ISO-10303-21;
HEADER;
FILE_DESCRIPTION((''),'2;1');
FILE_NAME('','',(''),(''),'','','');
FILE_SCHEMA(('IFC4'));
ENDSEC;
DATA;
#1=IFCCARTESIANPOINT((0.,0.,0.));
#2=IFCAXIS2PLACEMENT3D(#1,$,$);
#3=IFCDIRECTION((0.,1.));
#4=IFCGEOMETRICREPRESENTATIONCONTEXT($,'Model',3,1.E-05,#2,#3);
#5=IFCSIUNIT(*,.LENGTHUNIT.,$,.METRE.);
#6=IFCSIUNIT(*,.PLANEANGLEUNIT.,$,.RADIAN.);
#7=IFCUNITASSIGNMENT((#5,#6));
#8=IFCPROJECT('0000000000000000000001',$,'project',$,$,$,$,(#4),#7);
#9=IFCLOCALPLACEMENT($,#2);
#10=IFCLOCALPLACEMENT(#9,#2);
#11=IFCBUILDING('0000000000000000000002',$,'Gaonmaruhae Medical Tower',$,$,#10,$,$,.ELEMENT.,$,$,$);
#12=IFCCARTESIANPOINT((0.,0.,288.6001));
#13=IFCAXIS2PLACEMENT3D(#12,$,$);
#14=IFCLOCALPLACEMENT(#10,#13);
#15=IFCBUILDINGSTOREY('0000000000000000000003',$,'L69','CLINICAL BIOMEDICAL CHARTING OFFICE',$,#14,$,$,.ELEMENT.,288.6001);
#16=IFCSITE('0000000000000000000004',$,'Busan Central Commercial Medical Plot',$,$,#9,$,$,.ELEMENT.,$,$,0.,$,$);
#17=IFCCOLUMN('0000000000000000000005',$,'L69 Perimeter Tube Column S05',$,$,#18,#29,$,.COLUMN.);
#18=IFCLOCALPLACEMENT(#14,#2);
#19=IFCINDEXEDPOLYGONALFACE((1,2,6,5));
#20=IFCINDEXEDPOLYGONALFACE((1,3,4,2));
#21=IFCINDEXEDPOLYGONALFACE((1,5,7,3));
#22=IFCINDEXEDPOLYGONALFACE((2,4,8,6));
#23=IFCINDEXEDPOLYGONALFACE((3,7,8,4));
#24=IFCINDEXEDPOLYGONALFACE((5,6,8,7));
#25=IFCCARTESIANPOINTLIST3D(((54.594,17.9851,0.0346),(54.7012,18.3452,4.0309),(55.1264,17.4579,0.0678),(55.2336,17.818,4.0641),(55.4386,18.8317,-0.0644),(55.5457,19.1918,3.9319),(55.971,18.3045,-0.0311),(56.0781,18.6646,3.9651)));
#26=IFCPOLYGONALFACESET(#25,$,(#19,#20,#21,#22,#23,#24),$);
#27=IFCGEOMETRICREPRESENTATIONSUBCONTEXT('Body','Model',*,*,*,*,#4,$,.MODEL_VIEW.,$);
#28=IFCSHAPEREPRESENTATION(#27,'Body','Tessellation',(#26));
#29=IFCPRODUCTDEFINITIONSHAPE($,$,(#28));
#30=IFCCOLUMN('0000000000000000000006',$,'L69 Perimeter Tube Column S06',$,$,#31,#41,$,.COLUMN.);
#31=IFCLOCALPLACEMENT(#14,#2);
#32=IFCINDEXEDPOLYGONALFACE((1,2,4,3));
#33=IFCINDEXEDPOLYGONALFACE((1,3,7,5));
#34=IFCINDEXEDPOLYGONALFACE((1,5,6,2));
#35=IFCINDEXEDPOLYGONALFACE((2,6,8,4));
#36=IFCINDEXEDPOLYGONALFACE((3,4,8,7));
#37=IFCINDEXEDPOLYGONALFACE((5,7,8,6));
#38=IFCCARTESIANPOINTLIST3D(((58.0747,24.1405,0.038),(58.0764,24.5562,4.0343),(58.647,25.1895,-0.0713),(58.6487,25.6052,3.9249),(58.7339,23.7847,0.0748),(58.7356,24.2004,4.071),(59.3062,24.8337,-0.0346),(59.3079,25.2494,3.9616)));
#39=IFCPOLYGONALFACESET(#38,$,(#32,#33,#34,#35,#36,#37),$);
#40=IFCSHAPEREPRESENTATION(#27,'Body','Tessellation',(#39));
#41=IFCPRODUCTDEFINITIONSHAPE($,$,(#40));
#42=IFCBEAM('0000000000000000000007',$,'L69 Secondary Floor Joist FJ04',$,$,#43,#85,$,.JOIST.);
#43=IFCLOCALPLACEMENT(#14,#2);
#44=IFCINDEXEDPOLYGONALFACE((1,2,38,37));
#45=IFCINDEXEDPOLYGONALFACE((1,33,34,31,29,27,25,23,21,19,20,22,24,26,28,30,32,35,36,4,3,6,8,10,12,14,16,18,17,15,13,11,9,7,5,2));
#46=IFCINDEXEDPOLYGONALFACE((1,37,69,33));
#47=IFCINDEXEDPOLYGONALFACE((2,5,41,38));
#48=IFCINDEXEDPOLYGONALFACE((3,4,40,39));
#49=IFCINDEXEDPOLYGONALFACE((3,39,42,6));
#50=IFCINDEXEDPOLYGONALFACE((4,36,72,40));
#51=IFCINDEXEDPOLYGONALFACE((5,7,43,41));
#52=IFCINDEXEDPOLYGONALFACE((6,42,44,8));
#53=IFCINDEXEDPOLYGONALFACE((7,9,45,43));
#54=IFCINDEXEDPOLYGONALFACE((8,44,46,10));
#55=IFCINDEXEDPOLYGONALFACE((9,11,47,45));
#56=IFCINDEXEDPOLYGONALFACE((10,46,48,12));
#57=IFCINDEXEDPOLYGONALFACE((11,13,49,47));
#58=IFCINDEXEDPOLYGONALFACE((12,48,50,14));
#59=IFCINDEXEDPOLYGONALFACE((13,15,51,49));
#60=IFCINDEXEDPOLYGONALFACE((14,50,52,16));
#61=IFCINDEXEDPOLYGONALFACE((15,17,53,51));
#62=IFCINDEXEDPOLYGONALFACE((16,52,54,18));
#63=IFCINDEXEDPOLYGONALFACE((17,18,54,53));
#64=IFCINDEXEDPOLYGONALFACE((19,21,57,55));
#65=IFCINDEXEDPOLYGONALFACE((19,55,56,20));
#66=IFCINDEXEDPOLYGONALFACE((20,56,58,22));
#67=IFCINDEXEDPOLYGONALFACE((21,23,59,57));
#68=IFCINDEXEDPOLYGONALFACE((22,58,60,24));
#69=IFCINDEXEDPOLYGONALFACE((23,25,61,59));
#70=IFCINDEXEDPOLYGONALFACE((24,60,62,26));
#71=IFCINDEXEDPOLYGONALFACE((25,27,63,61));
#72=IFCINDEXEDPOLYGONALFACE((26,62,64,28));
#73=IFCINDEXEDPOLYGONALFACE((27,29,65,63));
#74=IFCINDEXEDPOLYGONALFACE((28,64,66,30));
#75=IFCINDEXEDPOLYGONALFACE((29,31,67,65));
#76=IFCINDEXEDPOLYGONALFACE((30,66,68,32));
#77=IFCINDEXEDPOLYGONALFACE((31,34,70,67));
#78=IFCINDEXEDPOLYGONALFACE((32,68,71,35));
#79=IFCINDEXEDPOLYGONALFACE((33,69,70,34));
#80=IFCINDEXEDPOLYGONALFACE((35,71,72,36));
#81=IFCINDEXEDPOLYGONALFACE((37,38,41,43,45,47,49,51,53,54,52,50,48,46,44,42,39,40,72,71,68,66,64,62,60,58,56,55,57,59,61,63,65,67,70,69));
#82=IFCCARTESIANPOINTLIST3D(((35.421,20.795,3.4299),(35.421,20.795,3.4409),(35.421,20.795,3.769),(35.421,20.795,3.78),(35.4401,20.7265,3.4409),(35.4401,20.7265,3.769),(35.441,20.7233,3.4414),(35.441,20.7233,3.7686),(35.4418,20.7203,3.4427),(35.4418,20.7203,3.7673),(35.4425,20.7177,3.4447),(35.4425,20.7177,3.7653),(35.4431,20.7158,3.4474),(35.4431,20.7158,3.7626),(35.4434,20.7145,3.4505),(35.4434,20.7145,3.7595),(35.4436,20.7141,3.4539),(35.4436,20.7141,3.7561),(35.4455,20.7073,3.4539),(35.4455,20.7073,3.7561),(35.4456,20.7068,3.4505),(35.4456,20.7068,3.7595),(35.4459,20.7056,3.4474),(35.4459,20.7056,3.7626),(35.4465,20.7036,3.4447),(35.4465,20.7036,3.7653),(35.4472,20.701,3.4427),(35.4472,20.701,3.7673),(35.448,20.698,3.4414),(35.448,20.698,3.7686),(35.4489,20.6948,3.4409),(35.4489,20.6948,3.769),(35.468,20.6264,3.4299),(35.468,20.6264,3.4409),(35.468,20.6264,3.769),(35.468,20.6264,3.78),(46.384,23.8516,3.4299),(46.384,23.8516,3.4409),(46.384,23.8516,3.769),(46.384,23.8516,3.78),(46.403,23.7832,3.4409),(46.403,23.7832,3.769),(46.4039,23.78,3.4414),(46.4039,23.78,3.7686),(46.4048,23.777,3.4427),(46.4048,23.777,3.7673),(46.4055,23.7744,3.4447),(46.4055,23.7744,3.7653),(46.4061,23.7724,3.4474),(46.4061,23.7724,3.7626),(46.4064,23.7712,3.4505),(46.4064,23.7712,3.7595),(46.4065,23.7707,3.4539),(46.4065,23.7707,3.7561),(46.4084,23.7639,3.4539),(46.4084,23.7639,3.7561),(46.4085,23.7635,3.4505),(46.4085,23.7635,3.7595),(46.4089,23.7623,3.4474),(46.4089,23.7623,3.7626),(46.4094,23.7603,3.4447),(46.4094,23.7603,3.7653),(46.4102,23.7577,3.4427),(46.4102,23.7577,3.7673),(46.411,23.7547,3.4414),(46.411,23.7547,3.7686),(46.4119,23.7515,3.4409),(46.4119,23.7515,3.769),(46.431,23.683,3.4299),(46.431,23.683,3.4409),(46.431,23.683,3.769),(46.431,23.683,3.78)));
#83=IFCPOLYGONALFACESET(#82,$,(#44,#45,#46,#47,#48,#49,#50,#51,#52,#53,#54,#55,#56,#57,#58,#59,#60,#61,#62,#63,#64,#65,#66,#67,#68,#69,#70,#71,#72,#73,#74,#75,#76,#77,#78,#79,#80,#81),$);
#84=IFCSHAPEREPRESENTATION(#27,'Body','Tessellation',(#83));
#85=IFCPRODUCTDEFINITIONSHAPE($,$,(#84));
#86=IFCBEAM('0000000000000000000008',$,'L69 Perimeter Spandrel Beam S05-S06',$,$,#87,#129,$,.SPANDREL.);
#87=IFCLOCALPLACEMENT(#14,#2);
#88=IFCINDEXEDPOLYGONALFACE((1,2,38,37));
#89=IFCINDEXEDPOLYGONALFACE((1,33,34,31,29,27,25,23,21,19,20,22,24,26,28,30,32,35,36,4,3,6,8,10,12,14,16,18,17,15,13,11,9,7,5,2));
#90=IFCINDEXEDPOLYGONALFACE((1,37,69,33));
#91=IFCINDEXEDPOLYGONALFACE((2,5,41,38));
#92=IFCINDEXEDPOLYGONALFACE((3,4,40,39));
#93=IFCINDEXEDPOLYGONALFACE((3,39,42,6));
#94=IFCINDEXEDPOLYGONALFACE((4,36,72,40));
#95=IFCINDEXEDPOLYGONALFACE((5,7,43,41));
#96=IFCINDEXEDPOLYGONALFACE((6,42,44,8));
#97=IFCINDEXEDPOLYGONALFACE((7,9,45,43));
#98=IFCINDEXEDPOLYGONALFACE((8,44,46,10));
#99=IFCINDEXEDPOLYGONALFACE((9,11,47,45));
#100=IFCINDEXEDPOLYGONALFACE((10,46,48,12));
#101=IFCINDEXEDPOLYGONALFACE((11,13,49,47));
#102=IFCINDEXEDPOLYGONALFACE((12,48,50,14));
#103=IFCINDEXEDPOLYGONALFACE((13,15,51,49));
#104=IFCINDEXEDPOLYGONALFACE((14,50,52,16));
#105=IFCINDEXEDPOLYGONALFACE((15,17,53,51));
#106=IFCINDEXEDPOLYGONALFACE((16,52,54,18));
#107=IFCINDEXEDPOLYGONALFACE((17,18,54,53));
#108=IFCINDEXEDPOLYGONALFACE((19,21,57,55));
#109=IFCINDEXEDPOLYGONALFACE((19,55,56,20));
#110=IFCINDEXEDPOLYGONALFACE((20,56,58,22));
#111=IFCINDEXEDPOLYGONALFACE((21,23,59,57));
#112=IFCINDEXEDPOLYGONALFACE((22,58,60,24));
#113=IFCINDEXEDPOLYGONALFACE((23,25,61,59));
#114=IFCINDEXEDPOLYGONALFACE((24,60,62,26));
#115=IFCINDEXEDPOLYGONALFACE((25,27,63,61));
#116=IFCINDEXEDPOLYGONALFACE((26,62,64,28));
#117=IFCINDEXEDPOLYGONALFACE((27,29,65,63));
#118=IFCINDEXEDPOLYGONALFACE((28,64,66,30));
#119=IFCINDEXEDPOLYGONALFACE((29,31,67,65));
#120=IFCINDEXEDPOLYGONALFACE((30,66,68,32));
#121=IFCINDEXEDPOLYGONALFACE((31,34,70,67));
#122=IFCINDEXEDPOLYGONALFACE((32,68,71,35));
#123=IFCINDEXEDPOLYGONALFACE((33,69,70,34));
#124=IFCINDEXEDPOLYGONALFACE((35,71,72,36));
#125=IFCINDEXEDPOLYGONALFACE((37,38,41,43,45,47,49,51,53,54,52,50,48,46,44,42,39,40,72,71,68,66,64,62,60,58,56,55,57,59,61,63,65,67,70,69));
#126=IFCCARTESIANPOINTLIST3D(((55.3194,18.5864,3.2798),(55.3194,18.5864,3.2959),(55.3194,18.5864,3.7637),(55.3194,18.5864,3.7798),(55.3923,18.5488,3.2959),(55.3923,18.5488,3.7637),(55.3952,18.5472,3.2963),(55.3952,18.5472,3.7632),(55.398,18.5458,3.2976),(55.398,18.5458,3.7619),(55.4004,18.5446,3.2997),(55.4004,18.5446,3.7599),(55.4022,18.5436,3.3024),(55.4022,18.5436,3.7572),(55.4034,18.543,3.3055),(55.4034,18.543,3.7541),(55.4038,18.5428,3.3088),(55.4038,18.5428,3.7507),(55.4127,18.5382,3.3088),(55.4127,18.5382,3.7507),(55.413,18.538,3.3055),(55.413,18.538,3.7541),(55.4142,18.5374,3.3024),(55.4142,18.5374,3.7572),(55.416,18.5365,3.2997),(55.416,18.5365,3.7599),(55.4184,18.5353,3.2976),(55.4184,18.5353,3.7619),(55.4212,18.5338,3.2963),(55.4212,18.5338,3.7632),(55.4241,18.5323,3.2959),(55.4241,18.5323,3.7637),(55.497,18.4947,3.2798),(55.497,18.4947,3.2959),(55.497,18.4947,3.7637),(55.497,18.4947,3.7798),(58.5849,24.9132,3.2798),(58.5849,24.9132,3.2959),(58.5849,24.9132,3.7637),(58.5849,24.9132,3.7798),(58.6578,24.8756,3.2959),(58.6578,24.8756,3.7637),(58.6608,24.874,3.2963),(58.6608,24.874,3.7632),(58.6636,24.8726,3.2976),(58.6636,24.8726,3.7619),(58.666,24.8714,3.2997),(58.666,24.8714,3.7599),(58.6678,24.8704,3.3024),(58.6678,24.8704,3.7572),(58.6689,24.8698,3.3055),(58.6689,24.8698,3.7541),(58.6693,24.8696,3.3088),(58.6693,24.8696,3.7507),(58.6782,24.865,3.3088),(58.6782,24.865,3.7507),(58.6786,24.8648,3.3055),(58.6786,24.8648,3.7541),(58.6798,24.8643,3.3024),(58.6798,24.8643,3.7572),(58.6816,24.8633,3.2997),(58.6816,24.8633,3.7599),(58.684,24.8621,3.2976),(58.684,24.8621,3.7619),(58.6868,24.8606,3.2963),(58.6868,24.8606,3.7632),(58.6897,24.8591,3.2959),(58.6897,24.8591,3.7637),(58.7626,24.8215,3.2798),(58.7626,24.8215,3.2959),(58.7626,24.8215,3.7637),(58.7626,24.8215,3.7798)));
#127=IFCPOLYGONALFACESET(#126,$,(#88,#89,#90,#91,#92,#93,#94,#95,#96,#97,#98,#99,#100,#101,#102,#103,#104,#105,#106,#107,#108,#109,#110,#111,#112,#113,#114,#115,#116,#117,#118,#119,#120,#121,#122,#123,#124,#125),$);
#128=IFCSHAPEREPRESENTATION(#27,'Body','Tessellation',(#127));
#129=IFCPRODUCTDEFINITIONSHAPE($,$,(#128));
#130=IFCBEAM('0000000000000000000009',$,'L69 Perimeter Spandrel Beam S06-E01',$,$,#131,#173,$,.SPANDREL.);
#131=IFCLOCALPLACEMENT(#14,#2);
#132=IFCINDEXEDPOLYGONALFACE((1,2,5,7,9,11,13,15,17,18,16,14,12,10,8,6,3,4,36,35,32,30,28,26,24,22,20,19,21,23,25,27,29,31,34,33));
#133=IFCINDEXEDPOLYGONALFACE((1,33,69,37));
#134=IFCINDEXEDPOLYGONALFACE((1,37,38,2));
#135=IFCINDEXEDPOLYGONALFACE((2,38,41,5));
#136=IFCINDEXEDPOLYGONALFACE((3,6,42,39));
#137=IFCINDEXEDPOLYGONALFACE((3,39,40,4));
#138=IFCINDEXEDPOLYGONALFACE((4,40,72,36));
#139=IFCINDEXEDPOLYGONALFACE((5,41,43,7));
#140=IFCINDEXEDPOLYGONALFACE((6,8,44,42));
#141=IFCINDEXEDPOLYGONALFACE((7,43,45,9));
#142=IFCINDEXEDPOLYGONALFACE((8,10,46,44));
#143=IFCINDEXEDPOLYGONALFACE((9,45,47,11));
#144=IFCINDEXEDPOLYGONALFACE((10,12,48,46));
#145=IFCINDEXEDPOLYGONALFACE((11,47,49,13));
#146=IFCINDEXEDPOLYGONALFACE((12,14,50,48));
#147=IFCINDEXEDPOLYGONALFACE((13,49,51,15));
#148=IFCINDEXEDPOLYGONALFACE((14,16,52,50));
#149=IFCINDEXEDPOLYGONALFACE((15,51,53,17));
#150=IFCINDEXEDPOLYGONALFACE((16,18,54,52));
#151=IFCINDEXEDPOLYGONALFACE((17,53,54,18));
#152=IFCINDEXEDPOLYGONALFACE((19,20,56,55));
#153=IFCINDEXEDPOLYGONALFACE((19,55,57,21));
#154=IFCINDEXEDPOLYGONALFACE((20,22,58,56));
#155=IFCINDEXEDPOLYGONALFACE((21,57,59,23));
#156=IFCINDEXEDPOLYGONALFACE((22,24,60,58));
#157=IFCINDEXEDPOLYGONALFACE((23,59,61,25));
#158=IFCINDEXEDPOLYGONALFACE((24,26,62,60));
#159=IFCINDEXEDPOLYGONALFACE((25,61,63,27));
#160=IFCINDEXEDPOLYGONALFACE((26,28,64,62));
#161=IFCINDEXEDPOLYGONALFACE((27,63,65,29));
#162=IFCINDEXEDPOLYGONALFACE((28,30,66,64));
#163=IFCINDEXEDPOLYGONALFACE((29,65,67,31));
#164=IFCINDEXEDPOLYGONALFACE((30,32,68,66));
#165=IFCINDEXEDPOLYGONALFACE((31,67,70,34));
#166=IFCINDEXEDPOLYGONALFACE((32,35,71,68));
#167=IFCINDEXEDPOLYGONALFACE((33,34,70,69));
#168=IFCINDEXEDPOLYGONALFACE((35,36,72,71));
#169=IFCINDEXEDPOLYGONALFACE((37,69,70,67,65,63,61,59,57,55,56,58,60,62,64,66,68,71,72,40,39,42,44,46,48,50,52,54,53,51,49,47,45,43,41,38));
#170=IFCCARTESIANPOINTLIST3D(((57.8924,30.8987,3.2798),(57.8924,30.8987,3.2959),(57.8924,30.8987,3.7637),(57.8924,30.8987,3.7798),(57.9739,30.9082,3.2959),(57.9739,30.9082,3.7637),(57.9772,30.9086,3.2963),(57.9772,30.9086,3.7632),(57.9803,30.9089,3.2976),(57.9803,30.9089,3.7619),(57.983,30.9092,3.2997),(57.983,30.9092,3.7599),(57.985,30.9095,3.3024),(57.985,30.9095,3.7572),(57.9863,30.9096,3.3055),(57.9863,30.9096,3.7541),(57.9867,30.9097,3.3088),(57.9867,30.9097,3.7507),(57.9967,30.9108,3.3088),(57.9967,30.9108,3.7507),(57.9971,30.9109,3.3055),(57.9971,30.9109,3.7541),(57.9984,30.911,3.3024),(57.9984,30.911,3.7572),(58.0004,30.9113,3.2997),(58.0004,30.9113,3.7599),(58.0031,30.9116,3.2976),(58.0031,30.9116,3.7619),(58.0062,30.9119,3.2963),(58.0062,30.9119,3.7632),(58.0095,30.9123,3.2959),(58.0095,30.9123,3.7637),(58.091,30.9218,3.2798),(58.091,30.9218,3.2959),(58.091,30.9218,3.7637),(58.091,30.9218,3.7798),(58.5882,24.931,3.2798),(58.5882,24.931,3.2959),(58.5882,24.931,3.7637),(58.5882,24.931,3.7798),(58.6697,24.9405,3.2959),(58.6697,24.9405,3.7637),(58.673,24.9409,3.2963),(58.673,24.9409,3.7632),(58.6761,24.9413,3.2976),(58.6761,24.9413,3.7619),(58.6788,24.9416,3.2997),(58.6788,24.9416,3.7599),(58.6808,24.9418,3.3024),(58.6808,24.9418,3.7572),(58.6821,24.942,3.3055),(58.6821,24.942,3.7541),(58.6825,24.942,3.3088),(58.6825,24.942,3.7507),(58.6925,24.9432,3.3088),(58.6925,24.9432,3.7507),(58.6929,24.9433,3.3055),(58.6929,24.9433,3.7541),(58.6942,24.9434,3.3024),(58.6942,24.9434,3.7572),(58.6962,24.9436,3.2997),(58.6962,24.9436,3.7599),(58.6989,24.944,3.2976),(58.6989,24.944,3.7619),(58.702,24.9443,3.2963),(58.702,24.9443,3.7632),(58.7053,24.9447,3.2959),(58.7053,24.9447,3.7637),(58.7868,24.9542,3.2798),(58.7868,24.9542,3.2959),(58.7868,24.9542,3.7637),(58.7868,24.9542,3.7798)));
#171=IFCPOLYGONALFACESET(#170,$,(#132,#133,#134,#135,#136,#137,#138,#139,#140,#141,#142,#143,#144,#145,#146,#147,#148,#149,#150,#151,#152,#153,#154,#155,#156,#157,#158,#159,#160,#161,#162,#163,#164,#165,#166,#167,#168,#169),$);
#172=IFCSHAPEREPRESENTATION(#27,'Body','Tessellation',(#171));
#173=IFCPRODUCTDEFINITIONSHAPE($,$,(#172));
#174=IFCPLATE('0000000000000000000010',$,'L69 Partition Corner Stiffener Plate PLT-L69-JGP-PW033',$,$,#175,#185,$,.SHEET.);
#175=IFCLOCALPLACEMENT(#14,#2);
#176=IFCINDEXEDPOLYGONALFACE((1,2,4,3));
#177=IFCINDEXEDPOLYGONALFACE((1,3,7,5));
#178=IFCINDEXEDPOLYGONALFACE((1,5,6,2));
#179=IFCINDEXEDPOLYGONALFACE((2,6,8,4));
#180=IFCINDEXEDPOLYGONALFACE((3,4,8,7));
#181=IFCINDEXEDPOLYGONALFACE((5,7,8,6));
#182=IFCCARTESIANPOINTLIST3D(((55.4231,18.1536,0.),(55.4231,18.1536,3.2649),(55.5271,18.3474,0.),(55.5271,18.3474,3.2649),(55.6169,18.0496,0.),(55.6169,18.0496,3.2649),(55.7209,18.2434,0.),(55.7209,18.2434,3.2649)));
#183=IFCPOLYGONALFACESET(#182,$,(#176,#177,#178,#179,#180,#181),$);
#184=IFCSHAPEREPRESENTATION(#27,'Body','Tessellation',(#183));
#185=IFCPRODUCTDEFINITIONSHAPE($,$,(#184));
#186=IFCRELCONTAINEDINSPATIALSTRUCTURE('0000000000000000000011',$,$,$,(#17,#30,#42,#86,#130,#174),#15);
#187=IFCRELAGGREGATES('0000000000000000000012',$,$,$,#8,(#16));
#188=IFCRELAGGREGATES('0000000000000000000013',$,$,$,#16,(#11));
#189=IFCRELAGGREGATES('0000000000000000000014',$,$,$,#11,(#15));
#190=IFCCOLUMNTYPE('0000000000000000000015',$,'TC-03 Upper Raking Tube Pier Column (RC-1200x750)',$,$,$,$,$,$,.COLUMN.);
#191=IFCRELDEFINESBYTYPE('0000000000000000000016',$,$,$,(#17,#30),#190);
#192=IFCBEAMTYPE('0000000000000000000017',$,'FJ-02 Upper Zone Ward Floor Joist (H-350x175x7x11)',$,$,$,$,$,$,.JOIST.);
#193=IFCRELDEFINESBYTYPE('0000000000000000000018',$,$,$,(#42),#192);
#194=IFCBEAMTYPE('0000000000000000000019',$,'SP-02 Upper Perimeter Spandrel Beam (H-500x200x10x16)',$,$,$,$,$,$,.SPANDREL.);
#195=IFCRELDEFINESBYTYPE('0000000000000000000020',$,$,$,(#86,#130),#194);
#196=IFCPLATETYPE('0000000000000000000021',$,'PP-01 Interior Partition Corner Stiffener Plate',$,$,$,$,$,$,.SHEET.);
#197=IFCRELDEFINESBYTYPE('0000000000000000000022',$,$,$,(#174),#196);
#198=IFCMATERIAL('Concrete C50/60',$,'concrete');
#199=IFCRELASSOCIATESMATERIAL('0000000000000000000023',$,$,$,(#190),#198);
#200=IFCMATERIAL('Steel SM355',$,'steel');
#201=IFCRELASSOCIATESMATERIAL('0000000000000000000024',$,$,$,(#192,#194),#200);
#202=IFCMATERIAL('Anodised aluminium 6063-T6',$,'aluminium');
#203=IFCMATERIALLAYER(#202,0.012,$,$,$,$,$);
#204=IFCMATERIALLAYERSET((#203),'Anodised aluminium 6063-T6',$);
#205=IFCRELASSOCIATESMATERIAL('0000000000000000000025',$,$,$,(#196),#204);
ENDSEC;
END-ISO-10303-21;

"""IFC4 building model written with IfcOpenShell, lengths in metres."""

from ifc_helpers import new_model, si_unit, direction, frame, origin, origin_2d, place, context, subcontext, project, spatial, rectangle, i_section, extrude, material, layer, layer_set, material_profile, profile_set, type_object, element, save


model = new_model("IFC4")

# Units and contexts
model_context = context("Model", 3, precision=1e-05, world=origin(), true_north=direction((0.0, 1.0)))
body_context = subcontext(model_context, "Body", "Model", "MODEL_VIEW")
ifc_project = project(units=[si_unit("LENGTHUNIT", "METRE"), si_unit("PLANEANGLEUNIT", "RADIAN")], contexts=[model_context])

# Site, building, storey
site_placement = place(None, origin())
site = spatial("IfcSite", under=ifc_project, at=site_placement, Name="Busan Central Commercial Medical Plot", CompositionType="ELEMENT", RefElevation=0.0)
building_placement = place(site_placement, origin())
building = spatial("IfcBuilding", under=site, at=building_placement, Name="Gaonmaruhae Medical Tower", CompositionType="ELEMENT")
storey_placement = place(building_placement, frame((0.0, 0.0, 288.6001)))
storey = spatial("IfcBuildingStorey", under=building, at=storey_placement, Name="L69", Description="CLINICAL BIOMEDICAL CHARTING OFFICE", CompositionType="ELEMENT", Elevation=288.6001)

# Columns
ifc_material_1 = material(Name="Concrete C50/60", Category="concrete")
ifc_material_profile_1 = material_profile(ifc_material_1, rectangle(XDim=1.2, YDim=0.75, at=origin_2d()), Name="RC-1200x750")
ifc_profile_set_1 = profile_set([ifc_material_profile_1], Name="Concrete C50/60")
column_type = type_object("IfcColumnType", Name="TC-03 Upper Raking Tube Pier Column (RC-1200x750)", PredefinedType="COLUMN", material=ifc_profile_set_1)
column_1_placement = place(storey_placement, frame((55.2825, 18.1448, 0.0017), z_axis=(0.026701, 0.089714, 0.99561), x_axis=(-0.703833, -0.705563, 0.082454)))
element("IfcColumn", 1, at=column_1_placement, inside=storey, type_object=column_type, Name="L69 Perimeter Tube Column S05", PredefinedType="COLUMN", context=body_context, shape_type="SweptSolid", body=[
    extrude(rectangle(XDim=1.2, YDim=0.75, at=origin_2d()), origin(), (0.0, 0.0, 1.0), 4.0139),
])
column_2_placement = place(storey_placement, frame((58.6904, 24.4871, 0.0017), z_axis=(0.000425, 0.10348, 0.994631), x_axis=(-0.476917, -0.874209, 0.091155)))
element("IfcColumn", 2, at=column_2_placement, inside=storey, type_object=column_type, Name="L69 Perimeter Tube Column S06", PredefinedType="COLUMN", context=body_context, shape_type="SweptSolid", body=[
    extrude(rectangle(XDim=1.2, YDim=0.75, at=origin_2d()), origin(), (0.0, 0.0, 1.0), 4.0178),
])

# Beams
ifc_material_2 = material(Name="Steel SM355", Category="steel")
ifc_material_profile_2 = material_profile(ifc_material_2, i_section(OverallWidth=0.175, OverallDepth=0.3501, WebThickness=0.0071, FlangeThickness=0.011, FilletRadius=0.0129, at=origin_2d()), Name="H-350x175x7x11")
ifc_profile_set_2 = profile_set([ifc_material_profile_2], Name="Steel SM355")
beam_type_1 = type_object("IfcBeamType", Name="FJ-02 Upper Zone Ward Floor Joist (H-350x175x7x11)", PredefinedType="JOIST", material=ifc_profile_set_2)
beam_1_placement = place(storey_placement, frame((46.4075, 23.7673, 3.605), z_axis=(-0.963259, -0.268573, 0.0), x_axis=(0.268573, -0.963259, 0.0)))
element("IfcBeam", 3, at=beam_1_placement, inside=storey, type_object=beam_type_1, Name="L69 Secondary Floor Joist FJ04", PredefinedType="JOIST", context=body_context, shape_type="SweptSolid", body=[
    extrude(i_section(OverallWidth=0.175, OverallDepth=0.3501, WebThickness=0.0071, FlangeThickness=0.011, FilletRadius=0.0129, at=origin_2d()), origin(), (0.0, 0.0, 1.0), 11.3811),
])
ifc_material_profile_3 = material_profile(ifc_material_2, i_section(OverallWidth=0.2, OverallDepth=0.5, WebThickness=0.01, FlangeThickness=0.0161, FilletRadius=0.0129, at=origin_2d()), Name="H-500x200x10x16")
ifc_profile_set_3 = profile_set([ifc_material_profile_3], Name="Steel SM355")
beam_type_2 = type_object("IfcBeamType", Name="SP-02 Upper Perimeter Spandrel Beam (H-500x200x10x16)", PredefinedType="SPANDREL", material=ifc_profile_set_3)
beam_2_placement = place(storey_placement, frame((55.4082, 18.5405, 3.5298), z_axis=(0.458657, 0.888613, 0.0), x_axis=(-0.888613, 0.458657, 0.0)))
element("IfcBeam", 4, at=beam_2_placement, inside=storey, type_object=beam_type_2, Name="L69 Perimeter Spandrel Beam S05-S06", PredefinedType="SPANDREL", context=body_context, shape_type="SweptSolid", body=[
    extrude(i_section(OverallWidth=0.2, OverallDepth=0.5, WebThickness=0.01, FlangeThickness=0.0161, FilletRadius=0.0129, at=origin_2d()), origin(), (0.0, 0.0, 1.0), 7.1199),
])
beam_3_placement = place(storey_placement, frame((58.6875, 24.9426, 3.5298), z_axis=(-0.115813, 0.993271, 0.0), x_axis=(-0.993271, -0.115813, 0.0)))
element("IfcBeam", 5, at=beam_3_placement, inside=storey, type_object=beam_type_2, Name="L69 Perimeter Spandrel Beam S06-E01", PredefinedType="SPANDREL", context=body_context, shape_type="SweptSolid", body=[
    extrude(i_section(OverallWidth=0.2, OverallDepth=0.5, WebThickness=0.01, FlangeThickness=0.0161, FilletRadius=0.0129, at=origin_2d()), origin(), (0.0, 0.0, 1.0), 6.0081),
])

# Plate
ifc_material_3 = material(Name="Anodised aluminium 6063-T6", Category="aluminium")
ifc_layer_1 = layer(ifc_material_3, 0.012)
ifc_layer_set_1 = layer_set([ifc_layer_1], Name="Anodised aluminium 6063-T6")
plate_type = type_object("IfcPlateType", Name="PP-01 Interior Partition Corner Stiffener Plate", PredefinedType="SHEET", material=ifc_layer_set_1)
plate_1_placement = place(storey_placement, frame((55.572, 18.1985, 0.0), z_axis=(0.0, 0.0, 1.0), x_axis=(-0.472812, -0.881163, 0.0)))
element("IfcPlate", 6, at=plate_1_placement, inside=storey, type_object=plate_type, Name="L69 Partition Corner Stiffener Plate PLT-L69-JGP-PW033", PredefinedType="SHEET", context=body_context, shape_type="SweptSolid", body=[
    extrude(rectangle(XDim=0.22, YDim=0.22, at=origin_2d()), origin(), (0.0, 0.0, 1.0), 3.2649),
])

save(model, "model.ifc")
